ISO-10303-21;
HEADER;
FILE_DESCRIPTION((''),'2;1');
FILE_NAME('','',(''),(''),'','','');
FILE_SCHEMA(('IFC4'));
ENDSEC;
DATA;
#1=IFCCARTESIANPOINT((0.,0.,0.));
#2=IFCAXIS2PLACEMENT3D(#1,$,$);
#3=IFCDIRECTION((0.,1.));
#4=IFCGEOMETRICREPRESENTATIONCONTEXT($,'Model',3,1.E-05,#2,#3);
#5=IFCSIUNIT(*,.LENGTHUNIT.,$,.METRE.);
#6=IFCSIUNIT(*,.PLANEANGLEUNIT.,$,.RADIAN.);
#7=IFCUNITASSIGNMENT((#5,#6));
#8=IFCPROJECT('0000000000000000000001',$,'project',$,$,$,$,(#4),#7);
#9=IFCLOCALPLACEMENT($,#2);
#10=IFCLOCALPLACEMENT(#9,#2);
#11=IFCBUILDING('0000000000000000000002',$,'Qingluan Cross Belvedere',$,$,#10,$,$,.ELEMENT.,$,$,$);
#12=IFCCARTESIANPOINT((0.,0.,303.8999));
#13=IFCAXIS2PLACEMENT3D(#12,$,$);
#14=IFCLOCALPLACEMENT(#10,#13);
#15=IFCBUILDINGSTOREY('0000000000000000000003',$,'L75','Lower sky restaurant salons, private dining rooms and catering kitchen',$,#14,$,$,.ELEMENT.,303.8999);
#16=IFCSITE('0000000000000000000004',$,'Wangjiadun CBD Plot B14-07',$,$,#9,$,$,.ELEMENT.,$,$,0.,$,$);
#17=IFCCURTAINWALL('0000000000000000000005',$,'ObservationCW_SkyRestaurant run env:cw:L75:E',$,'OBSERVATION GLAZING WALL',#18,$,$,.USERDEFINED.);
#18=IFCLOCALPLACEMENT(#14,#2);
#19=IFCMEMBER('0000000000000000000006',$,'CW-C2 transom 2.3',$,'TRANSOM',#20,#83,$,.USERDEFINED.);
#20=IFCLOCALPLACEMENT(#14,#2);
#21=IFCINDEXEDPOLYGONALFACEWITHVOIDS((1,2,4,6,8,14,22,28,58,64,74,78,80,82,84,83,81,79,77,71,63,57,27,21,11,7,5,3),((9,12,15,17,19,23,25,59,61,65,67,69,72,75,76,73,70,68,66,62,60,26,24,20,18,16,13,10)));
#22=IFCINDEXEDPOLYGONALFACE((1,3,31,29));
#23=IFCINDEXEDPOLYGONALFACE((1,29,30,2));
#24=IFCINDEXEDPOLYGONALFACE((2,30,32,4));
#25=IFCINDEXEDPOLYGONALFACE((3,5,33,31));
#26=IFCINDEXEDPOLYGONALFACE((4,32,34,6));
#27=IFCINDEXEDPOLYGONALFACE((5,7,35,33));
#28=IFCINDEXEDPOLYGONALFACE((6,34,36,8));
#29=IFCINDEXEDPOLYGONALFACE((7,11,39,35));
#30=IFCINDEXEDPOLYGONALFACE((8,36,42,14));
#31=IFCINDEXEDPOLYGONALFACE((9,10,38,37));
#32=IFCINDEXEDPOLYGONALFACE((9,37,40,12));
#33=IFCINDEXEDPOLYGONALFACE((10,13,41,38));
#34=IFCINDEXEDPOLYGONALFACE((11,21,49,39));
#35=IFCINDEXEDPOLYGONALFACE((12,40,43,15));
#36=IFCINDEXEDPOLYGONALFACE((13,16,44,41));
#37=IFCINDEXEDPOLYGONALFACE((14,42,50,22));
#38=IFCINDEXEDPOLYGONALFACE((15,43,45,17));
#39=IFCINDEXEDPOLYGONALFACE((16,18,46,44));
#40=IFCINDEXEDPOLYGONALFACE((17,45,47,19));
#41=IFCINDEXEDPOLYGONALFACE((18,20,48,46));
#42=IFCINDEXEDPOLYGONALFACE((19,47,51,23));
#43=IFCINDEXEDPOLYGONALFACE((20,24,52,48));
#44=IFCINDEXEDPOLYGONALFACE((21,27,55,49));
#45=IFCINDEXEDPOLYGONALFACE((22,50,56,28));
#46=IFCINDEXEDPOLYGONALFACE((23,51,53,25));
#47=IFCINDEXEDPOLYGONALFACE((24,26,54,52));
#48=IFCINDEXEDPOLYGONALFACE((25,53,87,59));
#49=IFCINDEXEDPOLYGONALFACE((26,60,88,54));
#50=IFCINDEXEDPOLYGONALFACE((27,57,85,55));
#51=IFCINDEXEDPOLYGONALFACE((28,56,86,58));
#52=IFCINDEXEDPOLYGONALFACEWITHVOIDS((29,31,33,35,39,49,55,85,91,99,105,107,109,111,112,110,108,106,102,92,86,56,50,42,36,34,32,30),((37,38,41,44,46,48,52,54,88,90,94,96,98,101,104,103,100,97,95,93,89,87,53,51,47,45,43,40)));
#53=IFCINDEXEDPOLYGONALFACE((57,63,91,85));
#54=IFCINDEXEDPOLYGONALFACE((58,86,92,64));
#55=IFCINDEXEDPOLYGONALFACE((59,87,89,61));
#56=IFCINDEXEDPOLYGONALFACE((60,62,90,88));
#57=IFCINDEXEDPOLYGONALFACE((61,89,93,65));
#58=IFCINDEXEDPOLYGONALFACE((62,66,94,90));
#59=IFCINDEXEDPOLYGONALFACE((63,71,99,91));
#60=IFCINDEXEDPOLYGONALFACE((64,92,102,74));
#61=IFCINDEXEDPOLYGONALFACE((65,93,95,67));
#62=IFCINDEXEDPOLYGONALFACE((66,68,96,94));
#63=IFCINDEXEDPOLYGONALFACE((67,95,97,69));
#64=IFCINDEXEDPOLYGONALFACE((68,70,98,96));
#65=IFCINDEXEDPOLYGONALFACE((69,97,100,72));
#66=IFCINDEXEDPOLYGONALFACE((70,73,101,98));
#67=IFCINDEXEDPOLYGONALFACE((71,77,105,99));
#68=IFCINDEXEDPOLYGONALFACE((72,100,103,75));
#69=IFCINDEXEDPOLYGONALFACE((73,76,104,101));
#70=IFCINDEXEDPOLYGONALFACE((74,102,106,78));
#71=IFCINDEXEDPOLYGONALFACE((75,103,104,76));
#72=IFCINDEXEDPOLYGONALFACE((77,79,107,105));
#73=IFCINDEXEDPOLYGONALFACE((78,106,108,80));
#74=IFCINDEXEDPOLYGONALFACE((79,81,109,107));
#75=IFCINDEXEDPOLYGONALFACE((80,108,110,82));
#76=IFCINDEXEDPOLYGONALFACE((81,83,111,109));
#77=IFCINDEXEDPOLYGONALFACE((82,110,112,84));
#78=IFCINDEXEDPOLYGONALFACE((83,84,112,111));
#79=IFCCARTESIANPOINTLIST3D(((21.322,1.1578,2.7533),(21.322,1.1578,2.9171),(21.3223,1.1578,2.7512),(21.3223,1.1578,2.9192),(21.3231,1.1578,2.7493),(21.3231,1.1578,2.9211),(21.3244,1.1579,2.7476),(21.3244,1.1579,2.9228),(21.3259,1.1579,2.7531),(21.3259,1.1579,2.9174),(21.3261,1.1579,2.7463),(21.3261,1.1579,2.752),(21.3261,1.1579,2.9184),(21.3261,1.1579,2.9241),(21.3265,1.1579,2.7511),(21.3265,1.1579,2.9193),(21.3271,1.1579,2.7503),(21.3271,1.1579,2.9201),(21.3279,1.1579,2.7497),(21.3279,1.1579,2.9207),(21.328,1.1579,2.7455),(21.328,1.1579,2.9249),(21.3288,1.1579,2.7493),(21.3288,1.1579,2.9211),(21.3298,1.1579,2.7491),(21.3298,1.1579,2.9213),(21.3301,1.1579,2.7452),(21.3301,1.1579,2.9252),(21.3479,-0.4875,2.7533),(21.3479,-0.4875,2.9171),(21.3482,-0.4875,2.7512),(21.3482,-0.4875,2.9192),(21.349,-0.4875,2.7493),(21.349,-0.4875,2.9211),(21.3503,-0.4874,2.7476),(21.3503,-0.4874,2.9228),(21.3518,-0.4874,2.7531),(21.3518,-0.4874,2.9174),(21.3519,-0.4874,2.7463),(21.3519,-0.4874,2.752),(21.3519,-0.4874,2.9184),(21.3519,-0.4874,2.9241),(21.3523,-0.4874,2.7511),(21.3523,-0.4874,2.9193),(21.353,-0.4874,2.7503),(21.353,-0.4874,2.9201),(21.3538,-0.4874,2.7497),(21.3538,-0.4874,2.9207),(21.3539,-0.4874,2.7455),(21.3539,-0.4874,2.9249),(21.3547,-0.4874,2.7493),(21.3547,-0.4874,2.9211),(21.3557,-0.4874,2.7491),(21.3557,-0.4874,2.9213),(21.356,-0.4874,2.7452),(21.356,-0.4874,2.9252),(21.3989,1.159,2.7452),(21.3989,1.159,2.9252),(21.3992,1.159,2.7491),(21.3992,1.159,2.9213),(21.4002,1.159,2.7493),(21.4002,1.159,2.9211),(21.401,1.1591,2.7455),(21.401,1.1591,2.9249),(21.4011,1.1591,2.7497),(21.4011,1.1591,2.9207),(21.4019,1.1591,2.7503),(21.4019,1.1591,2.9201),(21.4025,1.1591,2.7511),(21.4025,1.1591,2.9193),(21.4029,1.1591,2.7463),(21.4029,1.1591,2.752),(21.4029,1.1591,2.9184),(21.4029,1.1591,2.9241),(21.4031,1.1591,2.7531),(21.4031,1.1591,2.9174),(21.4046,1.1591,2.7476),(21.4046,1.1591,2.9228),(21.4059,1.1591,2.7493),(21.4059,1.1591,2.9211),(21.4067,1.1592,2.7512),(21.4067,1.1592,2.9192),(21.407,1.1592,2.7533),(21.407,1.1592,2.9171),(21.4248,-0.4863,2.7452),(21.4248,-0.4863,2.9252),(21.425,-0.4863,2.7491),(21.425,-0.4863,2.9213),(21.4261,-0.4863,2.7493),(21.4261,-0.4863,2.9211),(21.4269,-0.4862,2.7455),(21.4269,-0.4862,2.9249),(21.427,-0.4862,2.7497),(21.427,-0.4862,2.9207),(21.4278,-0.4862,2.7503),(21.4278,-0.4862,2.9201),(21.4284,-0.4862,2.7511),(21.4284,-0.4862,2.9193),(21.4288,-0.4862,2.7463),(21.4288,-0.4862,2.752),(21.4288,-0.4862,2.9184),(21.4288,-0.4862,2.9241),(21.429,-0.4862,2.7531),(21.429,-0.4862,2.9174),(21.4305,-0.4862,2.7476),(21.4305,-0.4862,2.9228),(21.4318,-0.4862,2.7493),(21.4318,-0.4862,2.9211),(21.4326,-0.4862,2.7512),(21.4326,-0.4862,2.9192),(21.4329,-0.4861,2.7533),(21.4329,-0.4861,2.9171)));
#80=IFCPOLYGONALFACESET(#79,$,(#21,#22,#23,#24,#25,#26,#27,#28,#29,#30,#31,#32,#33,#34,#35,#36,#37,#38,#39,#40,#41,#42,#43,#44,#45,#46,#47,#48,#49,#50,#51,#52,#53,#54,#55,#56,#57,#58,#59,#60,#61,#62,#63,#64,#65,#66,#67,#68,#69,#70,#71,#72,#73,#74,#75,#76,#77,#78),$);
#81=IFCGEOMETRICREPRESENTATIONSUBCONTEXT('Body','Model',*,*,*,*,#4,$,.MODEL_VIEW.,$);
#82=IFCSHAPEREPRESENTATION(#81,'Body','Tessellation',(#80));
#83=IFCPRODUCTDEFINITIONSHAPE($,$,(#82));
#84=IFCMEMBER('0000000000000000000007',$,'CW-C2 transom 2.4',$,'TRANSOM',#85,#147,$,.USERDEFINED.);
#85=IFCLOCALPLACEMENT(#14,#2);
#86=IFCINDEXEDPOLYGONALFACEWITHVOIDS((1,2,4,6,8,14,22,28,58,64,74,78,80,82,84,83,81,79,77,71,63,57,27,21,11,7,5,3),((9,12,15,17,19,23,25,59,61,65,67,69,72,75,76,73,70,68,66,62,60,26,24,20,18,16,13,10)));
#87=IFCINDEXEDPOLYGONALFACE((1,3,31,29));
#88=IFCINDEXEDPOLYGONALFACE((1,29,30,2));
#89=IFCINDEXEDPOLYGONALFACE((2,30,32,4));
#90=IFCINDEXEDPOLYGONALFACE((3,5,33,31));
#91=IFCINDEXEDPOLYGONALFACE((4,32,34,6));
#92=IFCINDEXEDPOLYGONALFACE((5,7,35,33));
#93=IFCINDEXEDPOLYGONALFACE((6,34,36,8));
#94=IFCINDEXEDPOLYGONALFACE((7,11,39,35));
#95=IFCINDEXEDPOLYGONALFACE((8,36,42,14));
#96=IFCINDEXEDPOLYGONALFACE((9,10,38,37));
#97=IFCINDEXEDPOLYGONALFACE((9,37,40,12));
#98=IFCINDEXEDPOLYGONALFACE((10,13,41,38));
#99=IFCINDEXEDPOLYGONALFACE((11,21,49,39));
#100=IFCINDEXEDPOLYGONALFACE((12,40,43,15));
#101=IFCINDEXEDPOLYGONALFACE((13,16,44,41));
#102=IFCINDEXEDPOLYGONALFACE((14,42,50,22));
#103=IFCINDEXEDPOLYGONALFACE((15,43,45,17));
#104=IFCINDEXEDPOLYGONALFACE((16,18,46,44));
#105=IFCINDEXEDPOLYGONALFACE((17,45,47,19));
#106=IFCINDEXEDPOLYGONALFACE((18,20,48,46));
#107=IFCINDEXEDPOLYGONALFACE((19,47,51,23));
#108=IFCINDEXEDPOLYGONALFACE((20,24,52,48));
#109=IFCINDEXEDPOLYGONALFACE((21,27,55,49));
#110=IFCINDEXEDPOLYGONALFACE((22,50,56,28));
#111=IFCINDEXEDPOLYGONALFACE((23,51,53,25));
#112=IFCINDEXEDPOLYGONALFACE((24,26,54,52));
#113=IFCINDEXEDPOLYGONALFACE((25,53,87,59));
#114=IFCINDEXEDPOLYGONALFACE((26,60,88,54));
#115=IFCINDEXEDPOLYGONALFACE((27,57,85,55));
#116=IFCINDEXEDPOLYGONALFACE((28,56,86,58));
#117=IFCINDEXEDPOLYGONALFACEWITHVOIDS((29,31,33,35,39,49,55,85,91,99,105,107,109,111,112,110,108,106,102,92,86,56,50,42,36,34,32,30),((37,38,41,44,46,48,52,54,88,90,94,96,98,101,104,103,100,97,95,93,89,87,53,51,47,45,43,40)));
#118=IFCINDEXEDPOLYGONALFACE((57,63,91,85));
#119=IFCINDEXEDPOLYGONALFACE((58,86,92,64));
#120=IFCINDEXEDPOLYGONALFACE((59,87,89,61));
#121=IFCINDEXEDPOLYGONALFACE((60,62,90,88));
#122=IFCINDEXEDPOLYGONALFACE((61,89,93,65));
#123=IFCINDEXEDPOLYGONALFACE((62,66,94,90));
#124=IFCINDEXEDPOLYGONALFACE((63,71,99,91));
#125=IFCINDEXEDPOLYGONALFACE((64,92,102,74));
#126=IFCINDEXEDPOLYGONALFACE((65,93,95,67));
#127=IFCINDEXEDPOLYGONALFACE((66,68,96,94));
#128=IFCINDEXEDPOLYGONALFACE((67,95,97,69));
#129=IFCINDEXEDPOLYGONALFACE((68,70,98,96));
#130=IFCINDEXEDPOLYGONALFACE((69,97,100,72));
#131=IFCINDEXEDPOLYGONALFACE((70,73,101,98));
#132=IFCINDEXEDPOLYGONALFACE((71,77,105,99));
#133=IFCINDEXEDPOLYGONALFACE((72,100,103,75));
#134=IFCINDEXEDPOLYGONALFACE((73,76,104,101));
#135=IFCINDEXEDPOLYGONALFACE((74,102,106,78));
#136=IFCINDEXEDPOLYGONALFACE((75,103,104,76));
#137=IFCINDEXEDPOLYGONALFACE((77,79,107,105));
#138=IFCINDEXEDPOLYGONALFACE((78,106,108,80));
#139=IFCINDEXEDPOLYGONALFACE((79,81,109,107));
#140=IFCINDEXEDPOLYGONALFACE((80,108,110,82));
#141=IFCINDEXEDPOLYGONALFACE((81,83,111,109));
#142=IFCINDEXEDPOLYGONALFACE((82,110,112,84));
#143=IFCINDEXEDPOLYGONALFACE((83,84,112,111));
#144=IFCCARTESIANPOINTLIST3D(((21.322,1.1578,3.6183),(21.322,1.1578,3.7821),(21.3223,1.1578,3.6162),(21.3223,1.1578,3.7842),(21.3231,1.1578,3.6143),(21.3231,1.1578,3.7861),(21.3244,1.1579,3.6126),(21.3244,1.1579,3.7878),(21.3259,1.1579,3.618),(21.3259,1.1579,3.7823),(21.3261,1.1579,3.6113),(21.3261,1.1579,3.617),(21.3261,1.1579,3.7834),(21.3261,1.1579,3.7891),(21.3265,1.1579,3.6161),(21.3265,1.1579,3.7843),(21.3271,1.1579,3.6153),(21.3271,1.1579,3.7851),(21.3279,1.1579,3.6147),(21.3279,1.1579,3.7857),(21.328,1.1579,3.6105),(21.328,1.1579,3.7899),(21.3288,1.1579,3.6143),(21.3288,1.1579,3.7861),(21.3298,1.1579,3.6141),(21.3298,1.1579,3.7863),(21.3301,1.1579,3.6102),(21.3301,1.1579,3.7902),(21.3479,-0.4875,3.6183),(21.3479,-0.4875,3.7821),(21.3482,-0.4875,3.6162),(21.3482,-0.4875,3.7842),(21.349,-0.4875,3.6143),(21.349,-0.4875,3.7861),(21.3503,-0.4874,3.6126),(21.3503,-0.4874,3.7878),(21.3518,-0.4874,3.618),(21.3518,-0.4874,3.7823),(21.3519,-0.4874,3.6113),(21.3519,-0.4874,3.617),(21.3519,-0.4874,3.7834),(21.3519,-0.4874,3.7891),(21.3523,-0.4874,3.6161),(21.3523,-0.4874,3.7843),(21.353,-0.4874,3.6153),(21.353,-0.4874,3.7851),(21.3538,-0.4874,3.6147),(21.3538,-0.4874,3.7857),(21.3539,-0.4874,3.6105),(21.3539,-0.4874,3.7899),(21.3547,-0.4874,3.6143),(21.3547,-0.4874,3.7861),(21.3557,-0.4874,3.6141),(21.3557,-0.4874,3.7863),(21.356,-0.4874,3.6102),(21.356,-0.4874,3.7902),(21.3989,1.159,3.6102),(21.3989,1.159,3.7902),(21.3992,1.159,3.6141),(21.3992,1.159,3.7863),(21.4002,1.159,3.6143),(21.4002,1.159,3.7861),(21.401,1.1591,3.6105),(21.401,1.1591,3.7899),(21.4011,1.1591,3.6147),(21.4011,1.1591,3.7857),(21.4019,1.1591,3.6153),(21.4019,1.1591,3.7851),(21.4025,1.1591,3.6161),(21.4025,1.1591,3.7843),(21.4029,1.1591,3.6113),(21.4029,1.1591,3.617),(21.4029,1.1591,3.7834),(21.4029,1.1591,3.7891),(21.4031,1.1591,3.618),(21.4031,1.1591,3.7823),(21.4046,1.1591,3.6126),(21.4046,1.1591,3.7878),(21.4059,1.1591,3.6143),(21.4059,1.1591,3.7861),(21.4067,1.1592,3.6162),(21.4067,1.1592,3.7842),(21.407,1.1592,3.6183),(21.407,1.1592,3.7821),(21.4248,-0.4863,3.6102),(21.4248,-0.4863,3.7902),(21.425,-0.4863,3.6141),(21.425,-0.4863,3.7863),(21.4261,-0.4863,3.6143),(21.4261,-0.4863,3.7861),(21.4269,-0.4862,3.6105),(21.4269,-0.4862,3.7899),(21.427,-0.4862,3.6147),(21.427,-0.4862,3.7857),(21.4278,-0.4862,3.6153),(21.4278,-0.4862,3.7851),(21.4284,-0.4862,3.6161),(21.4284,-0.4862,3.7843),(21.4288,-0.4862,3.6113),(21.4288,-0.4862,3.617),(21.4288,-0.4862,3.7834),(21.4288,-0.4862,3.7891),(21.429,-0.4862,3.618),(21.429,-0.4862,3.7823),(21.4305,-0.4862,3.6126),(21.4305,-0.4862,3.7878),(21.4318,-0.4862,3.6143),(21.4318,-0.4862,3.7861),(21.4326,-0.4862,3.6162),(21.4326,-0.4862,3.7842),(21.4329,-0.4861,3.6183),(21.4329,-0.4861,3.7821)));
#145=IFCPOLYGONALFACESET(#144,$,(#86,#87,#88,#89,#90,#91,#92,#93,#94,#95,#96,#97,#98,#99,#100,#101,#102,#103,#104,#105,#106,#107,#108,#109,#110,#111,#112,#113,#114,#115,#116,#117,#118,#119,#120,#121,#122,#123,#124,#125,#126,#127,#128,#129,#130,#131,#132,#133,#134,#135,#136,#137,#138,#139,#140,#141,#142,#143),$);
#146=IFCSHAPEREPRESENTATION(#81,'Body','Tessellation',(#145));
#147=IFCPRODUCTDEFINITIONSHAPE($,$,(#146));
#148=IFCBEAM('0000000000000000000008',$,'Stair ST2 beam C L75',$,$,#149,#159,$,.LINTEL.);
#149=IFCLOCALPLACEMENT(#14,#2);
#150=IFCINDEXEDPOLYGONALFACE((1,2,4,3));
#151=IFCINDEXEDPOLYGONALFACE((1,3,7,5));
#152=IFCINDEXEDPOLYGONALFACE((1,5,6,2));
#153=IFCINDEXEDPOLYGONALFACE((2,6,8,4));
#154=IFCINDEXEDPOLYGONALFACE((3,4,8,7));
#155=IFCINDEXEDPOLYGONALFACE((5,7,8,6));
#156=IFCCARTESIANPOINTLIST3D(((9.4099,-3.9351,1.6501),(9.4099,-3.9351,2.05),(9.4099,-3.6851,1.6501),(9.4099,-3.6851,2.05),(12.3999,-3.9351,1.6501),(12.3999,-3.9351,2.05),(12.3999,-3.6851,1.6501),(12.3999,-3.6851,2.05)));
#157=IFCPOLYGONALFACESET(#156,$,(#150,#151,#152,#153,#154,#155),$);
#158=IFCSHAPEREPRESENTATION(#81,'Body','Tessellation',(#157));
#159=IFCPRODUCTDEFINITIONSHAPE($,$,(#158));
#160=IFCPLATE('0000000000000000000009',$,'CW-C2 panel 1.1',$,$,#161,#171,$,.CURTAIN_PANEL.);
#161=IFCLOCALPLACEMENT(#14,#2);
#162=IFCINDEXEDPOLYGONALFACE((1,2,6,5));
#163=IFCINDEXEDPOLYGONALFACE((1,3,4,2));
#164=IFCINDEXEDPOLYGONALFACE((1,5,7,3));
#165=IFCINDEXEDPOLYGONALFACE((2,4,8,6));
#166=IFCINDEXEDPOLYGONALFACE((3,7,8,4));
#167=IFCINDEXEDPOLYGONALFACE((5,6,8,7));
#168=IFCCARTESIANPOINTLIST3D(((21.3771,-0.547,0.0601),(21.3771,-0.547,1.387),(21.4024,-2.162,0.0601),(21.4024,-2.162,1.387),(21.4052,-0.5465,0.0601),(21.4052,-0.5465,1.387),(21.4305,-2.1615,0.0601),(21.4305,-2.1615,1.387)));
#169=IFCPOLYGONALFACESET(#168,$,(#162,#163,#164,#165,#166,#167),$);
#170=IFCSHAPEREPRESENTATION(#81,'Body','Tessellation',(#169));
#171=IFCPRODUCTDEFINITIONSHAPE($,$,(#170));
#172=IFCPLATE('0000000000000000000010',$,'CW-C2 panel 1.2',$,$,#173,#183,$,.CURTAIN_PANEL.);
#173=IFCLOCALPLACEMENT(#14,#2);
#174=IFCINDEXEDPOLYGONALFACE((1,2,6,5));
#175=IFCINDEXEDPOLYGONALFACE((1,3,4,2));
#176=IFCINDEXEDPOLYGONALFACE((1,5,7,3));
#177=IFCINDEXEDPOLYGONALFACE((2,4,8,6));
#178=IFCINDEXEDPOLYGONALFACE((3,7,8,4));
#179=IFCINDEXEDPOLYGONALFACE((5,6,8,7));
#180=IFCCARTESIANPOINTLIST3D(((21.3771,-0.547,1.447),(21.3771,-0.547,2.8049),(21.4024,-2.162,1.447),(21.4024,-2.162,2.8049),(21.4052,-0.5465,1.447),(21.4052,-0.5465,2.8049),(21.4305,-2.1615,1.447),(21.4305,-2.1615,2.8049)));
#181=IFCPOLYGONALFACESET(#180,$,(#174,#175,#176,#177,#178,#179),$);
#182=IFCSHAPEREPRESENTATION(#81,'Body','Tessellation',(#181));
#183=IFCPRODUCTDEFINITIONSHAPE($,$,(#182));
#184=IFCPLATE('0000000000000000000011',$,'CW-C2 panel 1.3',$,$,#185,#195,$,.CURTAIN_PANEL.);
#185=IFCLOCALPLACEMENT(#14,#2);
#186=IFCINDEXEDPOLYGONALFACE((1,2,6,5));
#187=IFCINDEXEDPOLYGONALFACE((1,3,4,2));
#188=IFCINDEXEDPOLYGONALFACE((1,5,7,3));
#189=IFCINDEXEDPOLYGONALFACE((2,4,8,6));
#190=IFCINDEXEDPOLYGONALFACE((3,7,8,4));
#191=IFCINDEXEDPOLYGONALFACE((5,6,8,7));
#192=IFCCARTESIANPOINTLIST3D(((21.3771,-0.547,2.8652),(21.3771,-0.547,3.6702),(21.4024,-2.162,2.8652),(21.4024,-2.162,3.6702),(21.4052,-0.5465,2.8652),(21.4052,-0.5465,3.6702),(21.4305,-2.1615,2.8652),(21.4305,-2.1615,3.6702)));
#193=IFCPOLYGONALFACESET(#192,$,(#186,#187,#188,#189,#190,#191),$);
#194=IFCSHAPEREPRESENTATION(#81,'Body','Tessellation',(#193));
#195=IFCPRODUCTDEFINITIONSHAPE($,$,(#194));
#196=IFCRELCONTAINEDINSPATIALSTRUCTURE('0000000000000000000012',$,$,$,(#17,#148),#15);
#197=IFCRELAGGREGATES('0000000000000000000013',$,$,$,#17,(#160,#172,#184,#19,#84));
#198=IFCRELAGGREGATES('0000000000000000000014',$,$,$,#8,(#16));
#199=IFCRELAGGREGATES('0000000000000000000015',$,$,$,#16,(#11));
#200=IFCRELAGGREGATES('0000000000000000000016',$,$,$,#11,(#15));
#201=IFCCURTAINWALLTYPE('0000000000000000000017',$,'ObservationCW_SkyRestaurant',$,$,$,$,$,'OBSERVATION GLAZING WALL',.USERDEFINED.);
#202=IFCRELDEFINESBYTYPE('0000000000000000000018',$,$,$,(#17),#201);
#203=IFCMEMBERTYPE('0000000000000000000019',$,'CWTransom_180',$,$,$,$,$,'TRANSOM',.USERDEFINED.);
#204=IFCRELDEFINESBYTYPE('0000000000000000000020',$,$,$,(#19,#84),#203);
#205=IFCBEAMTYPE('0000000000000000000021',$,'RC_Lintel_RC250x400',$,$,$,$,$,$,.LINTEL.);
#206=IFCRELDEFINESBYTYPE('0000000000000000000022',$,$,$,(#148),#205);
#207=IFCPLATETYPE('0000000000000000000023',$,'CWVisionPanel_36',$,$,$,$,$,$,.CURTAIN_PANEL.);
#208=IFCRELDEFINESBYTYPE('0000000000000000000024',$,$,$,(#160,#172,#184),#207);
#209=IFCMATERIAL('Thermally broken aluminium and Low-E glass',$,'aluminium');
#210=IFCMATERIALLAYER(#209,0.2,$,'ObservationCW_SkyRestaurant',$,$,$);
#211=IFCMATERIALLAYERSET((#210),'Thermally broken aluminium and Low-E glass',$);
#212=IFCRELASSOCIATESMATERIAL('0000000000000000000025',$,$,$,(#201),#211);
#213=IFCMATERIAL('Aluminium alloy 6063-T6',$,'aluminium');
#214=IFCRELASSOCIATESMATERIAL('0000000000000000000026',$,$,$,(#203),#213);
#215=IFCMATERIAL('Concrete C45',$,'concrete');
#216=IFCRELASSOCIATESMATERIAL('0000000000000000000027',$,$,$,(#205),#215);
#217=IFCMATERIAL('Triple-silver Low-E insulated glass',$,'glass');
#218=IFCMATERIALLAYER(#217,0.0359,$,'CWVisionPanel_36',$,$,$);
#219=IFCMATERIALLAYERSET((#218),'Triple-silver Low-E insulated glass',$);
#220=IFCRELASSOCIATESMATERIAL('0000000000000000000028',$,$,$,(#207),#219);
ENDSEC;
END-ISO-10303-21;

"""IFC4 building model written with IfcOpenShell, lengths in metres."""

from ifc_helpers import new_model, si_unit, direction, frame, origin, origin_2d, place, context, subcontext, project, spatial, rectangle, hollow_rectangle, extrude, material, layer, layer_set, material_profile, profile_set, type_object, element, aggregate, save


model = new_model("IFC4")

# Units and contexts
model_context = context("Model", 3, precision=1e-05, world=origin(), true_north=direction((0.0, 1.0)))
body_context = subcontext(model_context, "Body", "Model", "MODEL_VIEW")
ifc_project = project(units=[si_unit("LENGTHUNIT", "METRE"), si_unit("PLANEANGLEUNIT", "RADIAN")], contexts=[model_context])

# Site, building, storey
site_placement = place(None, origin())
site = spatial("IfcSite", under=ifc_project, at=site_placement, Name="Wangjiadun CBD Plot B14-07", CompositionType="ELEMENT", RefElevation=0.0)
building_placement = place(site_placement, origin())
building = spatial("IfcBuilding", under=site, at=building_placement, Name="Qingluan Cross Belvedere", CompositionType="ELEMENT")
storey_placement = place(building_placement, frame((0.0, 0.0, 303.8999)))
storey = spatial("IfcBuildingStorey", under=building, at=storey_placement, Name="L75", Description="Lower sky restaurant salons, private dining rooms and catering kitchen", CompositionType="ELEMENT", Elevation=303.8999)

# Curtain wall, members
ifc_material_1 = material(Name="Thermally broken aluminium and Low-E glass", Category="aluminium")
ifc_layer_1 = layer(ifc_material_1, 0.2, Name="ObservationCW_SkyRestaurant")
ifc_layer_set_1 = layer_set([ifc_layer_1], Name="Thermally broken aluminium and Low-E glass")
curtain_wall_type = type_object("IfcCurtainWallType", Name="ObservationCW_SkyRestaurant", ElementType="OBSERVATION GLAZING WALL", PredefinedType="USERDEFINED", material=ifc_layer_set_1)
curtain_wall_placement = place(storey_placement, origin())
curtain_wall = element("IfcCurtainWall", 1, at=curtain_wall_placement, inside=storey, type_object=curtain_wall_type, Name="ObservationCW_SkyRestaurant run env:cw:L75:E", ObjectType="OBSERVATION GLAZING WALL", PredefinedType="USERDEFINED")
ifc_material_2 = material(Name="Aluminium alloy 6063-T6", Category="aluminium")
ifc_material_profile_1 = material_profile(ifc_material_2, hollow_rectangle(XDim=0.085, YDim=0.1799, WallThickness=0.0039, InnerFilletRadius=0.0039, OuterFilletRadius=0.0081, at=origin_2d()), Name="CWT180x85x4")
ifc_profile_set_1 = profile_set([ifc_material_profile_1], Name="Aluminium alloy 6063-T6")
member_type_1 = type_object("IfcMemberType", Name="CWTransom_180", ElementType="TRANSOM", PredefinedType="USERDEFINED", material=ifc_profile_set_1)
member_1_placement = place(storey_placement, frame((21.3904, -0.4868, 2.8352), z_axis=(-0.015727, 0.999876, 0.0), x_axis=(-0.999876, -0.015727, 0.0)))
member_1 = element("IfcMember", 2, at=member_1_placement, type_object=member_type_1, Name="CW-C2 transom 2.3", ObjectType="TRANSOM", PredefinedType="USERDEFINED", context=body_context, shape_type="SweptSolid", body=[
    extrude(hollow_rectangle(XDim=0.085, YDim=0.1799, WallThickness=0.0039, InnerFilletRadius=0.0039, OuterFilletRadius=0.0081, at=origin_2d()), origin(), (0.0, 0.0, 1.0), 1.6455),
])
member_2_placement = place(storey_placement, frame((21.3904, -0.4868, 3.7002), z_axis=(-0.015727, 0.999876, 0.0), x_axis=(-0.999876, -0.015727, 0.0)))
member_2 = element("IfcMember", 3, at=member_2_placement, type_object=member_type_1, Name="CW-C2 transom 2.4", ObjectType="TRANSOM", PredefinedType="USERDEFINED", context=body_context, shape_type="SweptSolid", body=[
    extrude(hollow_rectangle(XDim=0.085, YDim=0.1799, WallThickness=0.0039, InnerFilletRadius=0.0039, OuterFilletRadius=0.0081, at=origin_2d()), origin(), (0.0, 0.0, 1.0), 1.6455),
])

# Beam
ifc_material_3 = material(Name="Concrete C45", Category="concrete")
ifc_material_profile_2 = material_profile(ifc_material_3, rectangle(XDim=0.25, YDim=0.3999, at=origin_2d()), Name="RC250x400")
ifc_profile_set_2 = profile_set([ifc_material_profile_2], Name="Concrete C45")
beam_type = type_object("IfcBeamType", Name="RC_Lintel_RC250x400", PredefinedType="LINTEL", material=ifc_profile_set_2)
beam_placement = place(storey_placement, frame((12.3999, -3.8101, 1.8501), z_axis=(-1.0, 0.0, 0.0), x_axis=(0.0, -1.0, 0.0)))
element("IfcBeam", 4, at=beam_placement, inside=storey, type_object=beam_type, Name="Stair ST2 beam C L75", PredefinedType="LINTEL", context=body_context, shape_type="SweptSolid", body=[
    extrude(rectangle(XDim=0.25, YDim=0.3999, at=origin_2d()), origin(), (0.0, 0.0, 1.0), 2.99),
])

# Plates
ifc_material_4 = material(Name="Triple-silver Low-E insulated glass", Category="glass")
ifc_layer_2 = layer(ifc_material_4, 0.0359, Name="CWVisionPanel_36")
ifc_layer_set_2 = layer_set([ifc_layer_2], Name="Triple-silver Low-E insulated glass")
plate_type = type_object("IfcPlateType", Name="CWVisionPanel_36", PredefinedType="CURTAIN_PANEL", material=ifc_layer_set_2)
plate_1_placement = place(storey_placement, frame((21.4038, -1.3542, 0.0601), z_axis=(0.0, 0.0, 1.0), x_axis=(-0.015696, 0.999877, 0.0)))
plate_1 = element("IfcPlate", 5, at=plate_1_placement, type_object=plate_type, Name="CW-C2 panel 1.1", PredefinedType="CURTAIN_PANEL", context=body_context, shape_type="SweptSolid", body=[
    extrude(rectangle(XDim=1.6152, YDim=0.0281, at=origin_2d()), origin(), (0.0, 0.0, 1.0), 1.3269),
])
plate_2_placement = place(storey_placement, frame((21.4038, -1.3542, 1.447), z_axis=(0.0, 0.0, 1.0), x_axis=(-0.015696, 0.999877, 0.0)))
plate_2 = element("IfcPlate", 6, at=plate_2_placement, type_object=plate_type, Name="CW-C2 panel 1.2", PredefinedType="CURTAIN_PANEL", context=body_context, shape_type="SweptSolid", body=[
    extrude(rectangle(XDim=1.6152, YDim=0.0281, at=origin_2d()), origin(), (0.0, 0.0, 1.0), 1.3579),
])
plate_3_placement = place(storey_placement, frame((21.4038, -1.3542, 2.8652), z_axis=(0.0, 0.0, 1.0), x_axis=(-0.015696, 0.999877, 0.0)))
plate_3 = element("IfcPlate", 7, at=plate_3_placement, type_object=plate_type, Name="CW-C2 panel 1.3", PredefinedType="CURTAIN_PANEL", context=body_context, shape_type="SweptSolid", body=[
    extrude(rectangle(XDim=1.6152, YDim=0.0281, at=origin_2d()), origin(), (0.0, 0.0, 1.0), 0.8049),
])
aggregate(curtain_wall, [plate_1, plate_2, plate_3, member_1, member_2])

save(model, "model.ifc")
